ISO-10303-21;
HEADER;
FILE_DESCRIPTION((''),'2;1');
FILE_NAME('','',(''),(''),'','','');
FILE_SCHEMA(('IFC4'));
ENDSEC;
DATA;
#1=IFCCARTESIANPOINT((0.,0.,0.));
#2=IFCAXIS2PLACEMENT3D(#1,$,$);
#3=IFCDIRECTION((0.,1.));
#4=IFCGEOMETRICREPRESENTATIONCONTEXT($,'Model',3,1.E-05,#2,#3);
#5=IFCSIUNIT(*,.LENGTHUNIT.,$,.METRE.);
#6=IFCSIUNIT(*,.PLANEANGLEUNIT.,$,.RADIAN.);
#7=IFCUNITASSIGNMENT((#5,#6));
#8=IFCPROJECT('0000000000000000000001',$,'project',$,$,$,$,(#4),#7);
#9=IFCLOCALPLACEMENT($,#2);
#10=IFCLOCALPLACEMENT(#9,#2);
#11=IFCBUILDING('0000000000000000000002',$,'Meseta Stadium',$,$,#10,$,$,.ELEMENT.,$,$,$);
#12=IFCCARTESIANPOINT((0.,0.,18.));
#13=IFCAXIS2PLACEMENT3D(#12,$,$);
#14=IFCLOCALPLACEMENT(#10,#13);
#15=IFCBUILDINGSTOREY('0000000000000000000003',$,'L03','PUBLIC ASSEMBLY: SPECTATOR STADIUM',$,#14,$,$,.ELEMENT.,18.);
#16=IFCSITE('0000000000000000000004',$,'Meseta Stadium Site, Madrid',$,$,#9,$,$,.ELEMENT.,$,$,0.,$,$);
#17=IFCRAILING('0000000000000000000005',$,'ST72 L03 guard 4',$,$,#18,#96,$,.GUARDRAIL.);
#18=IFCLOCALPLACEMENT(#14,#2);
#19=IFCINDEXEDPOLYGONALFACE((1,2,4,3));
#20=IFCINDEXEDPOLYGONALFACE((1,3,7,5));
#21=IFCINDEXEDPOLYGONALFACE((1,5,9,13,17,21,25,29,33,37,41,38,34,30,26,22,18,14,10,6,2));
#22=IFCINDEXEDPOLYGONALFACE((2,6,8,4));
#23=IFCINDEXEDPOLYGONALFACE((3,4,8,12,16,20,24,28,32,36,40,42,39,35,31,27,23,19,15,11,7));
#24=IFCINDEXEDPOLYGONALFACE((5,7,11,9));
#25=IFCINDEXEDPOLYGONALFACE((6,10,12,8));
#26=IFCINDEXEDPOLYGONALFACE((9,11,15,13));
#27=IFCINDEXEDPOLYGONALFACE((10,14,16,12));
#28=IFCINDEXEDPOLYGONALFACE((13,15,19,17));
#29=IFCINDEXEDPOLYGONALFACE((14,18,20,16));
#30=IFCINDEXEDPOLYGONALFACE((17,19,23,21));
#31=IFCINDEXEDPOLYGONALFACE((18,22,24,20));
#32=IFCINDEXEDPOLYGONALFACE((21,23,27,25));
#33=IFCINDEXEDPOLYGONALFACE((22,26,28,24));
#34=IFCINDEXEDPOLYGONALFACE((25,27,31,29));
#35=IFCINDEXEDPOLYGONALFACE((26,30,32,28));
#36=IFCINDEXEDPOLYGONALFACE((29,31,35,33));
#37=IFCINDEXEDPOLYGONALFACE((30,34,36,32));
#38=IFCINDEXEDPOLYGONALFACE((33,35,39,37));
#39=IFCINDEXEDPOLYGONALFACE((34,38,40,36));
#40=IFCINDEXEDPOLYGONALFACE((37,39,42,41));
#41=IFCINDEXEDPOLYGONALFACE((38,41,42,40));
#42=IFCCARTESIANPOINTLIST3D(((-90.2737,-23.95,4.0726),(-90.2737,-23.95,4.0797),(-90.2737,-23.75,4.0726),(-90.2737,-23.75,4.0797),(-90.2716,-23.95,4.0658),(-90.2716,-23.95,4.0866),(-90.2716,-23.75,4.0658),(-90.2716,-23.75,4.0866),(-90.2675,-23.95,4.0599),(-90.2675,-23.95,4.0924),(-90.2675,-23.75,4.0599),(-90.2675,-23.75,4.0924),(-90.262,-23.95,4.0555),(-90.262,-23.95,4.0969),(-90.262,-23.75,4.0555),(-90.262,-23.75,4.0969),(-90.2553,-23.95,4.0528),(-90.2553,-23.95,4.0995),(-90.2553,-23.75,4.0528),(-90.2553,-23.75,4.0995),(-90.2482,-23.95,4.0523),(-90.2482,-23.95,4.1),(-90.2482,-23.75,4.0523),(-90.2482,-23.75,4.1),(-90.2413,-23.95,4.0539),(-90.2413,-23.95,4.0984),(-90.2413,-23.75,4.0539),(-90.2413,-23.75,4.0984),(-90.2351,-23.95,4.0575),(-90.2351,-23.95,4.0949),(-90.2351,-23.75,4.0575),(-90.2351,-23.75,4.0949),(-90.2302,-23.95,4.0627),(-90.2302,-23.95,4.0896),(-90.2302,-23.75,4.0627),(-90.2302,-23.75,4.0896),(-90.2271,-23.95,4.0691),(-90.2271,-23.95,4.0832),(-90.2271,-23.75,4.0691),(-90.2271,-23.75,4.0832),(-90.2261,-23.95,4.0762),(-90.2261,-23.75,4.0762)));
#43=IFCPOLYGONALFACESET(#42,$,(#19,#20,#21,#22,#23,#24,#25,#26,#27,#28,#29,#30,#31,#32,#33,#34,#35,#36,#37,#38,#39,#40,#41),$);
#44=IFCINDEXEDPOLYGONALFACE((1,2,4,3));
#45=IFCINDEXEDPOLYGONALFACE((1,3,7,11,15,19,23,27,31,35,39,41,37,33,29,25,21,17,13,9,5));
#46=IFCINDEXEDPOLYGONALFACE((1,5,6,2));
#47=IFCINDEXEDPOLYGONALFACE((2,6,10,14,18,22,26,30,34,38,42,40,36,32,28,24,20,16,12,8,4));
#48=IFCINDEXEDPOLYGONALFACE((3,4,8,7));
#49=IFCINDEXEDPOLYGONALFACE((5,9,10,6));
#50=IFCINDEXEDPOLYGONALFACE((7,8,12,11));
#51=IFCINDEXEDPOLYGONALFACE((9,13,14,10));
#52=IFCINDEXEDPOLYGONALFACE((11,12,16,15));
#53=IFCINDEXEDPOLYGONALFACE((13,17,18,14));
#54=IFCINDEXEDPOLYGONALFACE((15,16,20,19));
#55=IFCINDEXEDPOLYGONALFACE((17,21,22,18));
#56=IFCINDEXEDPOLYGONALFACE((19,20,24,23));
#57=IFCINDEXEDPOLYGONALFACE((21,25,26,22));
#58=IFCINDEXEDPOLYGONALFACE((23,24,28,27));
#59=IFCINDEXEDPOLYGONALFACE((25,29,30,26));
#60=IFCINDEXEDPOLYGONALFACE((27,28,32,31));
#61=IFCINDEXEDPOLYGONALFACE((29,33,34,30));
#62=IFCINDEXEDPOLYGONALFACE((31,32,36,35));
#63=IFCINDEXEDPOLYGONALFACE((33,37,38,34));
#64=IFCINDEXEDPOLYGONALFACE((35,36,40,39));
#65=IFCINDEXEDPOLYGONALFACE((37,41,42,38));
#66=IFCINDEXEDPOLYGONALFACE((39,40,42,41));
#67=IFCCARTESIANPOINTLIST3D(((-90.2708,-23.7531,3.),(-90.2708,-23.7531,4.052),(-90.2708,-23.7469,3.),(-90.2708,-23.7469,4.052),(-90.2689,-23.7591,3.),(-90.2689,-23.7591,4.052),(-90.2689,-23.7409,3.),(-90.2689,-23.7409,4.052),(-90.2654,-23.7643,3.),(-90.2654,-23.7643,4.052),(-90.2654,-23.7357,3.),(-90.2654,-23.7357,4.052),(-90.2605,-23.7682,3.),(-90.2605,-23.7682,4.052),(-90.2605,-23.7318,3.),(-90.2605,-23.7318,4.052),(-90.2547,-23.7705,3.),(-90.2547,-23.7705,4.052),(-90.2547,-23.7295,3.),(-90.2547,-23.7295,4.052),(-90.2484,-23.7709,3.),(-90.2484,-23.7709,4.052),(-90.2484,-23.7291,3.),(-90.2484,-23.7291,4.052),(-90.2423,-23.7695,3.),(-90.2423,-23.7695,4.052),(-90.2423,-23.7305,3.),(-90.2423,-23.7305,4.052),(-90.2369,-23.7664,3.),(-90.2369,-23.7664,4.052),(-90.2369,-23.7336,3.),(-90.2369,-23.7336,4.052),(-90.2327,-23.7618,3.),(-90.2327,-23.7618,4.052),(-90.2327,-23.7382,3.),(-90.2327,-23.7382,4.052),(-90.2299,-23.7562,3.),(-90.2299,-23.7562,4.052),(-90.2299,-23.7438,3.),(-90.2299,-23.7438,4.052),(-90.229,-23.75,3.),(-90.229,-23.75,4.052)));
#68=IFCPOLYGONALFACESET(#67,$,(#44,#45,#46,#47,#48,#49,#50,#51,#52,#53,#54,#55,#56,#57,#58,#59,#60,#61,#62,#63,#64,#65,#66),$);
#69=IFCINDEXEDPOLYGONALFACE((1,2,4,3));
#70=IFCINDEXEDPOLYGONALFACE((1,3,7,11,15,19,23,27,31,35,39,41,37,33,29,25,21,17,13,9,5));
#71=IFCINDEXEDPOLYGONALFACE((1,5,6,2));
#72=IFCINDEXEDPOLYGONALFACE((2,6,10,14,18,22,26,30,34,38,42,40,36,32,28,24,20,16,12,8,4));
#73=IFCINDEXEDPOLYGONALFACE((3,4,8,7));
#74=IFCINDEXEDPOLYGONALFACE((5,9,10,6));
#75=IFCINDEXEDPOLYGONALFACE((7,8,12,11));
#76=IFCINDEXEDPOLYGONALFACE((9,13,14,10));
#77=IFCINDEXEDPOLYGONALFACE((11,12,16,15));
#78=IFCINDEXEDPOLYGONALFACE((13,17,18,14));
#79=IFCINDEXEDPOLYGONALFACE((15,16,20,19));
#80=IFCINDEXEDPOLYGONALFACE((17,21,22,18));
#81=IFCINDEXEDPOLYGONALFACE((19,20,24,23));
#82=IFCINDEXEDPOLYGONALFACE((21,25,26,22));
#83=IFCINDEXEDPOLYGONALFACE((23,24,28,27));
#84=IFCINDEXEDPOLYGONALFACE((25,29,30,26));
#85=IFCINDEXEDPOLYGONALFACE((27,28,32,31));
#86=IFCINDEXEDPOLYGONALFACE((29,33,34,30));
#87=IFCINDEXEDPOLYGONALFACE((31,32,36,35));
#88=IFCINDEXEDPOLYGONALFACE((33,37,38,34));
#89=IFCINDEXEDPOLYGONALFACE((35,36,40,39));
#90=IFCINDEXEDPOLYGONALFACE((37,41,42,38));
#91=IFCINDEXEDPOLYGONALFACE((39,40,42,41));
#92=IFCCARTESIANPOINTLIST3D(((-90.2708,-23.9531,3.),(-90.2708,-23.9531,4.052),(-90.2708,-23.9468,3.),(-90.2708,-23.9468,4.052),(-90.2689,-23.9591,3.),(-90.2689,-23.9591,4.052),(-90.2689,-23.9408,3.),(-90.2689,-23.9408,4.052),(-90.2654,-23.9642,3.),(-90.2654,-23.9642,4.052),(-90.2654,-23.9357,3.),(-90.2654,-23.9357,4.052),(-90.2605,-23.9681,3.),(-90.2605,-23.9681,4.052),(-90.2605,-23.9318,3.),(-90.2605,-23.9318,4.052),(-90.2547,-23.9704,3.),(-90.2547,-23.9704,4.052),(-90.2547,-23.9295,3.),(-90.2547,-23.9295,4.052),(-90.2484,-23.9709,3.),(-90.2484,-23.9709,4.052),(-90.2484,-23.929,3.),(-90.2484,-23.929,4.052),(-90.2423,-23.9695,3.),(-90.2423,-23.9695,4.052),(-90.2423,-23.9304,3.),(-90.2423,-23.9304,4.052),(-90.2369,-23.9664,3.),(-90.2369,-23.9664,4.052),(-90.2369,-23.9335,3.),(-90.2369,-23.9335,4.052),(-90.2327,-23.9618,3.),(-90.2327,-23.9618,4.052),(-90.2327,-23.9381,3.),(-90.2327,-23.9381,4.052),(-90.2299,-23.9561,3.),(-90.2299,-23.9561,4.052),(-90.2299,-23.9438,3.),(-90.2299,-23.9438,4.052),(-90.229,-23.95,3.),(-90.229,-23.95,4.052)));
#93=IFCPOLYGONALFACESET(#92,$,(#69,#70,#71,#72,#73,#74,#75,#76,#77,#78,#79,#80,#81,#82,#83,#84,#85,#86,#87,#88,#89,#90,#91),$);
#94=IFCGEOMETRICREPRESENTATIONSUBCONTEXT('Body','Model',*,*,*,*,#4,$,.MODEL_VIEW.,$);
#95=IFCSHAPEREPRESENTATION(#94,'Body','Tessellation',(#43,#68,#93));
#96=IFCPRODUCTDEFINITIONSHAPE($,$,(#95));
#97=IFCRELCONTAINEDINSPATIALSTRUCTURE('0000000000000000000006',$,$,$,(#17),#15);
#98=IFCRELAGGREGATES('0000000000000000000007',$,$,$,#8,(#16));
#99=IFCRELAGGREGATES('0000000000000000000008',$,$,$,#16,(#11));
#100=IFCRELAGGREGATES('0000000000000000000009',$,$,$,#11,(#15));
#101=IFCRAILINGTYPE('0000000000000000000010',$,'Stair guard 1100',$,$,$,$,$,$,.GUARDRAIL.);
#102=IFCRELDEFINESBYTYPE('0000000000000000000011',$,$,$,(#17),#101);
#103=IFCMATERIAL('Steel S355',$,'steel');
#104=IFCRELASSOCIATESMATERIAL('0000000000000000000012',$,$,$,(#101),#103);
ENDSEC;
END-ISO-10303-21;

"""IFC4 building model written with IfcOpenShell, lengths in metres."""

from ifc_helpers import new_model, si_unit, direction, frame, origin, origin_2d, place, context, subcontext, project, spatial, circle, extrude, material, type_object, element, save


model = new_model("IFC4")

# Units and contexts
model_context = context("Model", 3, precision=1e-05, world=origin(), true_north=direction((0.0, 1.0)))
body_context = subcontext(model_context, "Body", "Model", "MODEL_VIEW")
ifc_project = project(units=[si_unit("LENGTHUNIT", "METRE"), si_unit("PLANEANGLEUNIT", "RADIAN")], contexts=[model_context])

# Site, building, storey
site_placement = place(None, origin())
site = spatial("IfcSite", under=ifc_project, at=site_placement, Name="Meseta Stadium Site, Madrid", CompositionType="ELEMENT", RefElevation=0.0)
building_placement = place(site_placement, origin())
building = spatial("IfcBuilding", under=site, at=building_placement, Name="Meseta Stadium", CompositionType="ELEMENT")
storey_placement = place(building_placement, frame((0.0, 0.0, 18.0)))
storey = spatial("IfcBuildingStorey", under=building, at=storey_placement, Name="L03", Description="PUBLIC ASSEMBLY: SPECTATOR STADIUM", CompositionType="ELEMENT", Elevation=18.0)

# Railing
ifc_material_1 = material(Name="Steel S355", Category="steel")
railing_type_1 = type_object("IfcRailingType", Name="Stair guard 1100", PredefinedType="GUARDRAIL", material=ifc_material_1)
railing_1_placement = place(storey_placement, frame((-90.25, -23.75, 3.0)))
element("IfcRailing", 1, at=railing_1_placement, inside=storey, type_object=railing_type_1, Name="ST72 L03 guard 4", PredefinedType="GUARDRAIL", context=body_context, shape_type="SweptSolid", body=[
    extrude(circle(Radius=0.0239, at=origin_2d()), frame((0.0, 0.0, 1.0762), z_axis=(0.0, -1.0, 0.0), x_axis=(1.0, 0.0, 0.0)), (0.0, 0.0, 1.0), 0.2),
    extrude(circle(Radius=0.021, at=origin_2d()), origin(), (0.0, 0.0, 1.0), 1.052),
    extrude(circle(Radius=0.021, at=origin_2d()), frame((0.0, -0.2, 0.0)), (0.0, 0.0, 1.0), 1.052),
])

save(model, "model.ifc")
